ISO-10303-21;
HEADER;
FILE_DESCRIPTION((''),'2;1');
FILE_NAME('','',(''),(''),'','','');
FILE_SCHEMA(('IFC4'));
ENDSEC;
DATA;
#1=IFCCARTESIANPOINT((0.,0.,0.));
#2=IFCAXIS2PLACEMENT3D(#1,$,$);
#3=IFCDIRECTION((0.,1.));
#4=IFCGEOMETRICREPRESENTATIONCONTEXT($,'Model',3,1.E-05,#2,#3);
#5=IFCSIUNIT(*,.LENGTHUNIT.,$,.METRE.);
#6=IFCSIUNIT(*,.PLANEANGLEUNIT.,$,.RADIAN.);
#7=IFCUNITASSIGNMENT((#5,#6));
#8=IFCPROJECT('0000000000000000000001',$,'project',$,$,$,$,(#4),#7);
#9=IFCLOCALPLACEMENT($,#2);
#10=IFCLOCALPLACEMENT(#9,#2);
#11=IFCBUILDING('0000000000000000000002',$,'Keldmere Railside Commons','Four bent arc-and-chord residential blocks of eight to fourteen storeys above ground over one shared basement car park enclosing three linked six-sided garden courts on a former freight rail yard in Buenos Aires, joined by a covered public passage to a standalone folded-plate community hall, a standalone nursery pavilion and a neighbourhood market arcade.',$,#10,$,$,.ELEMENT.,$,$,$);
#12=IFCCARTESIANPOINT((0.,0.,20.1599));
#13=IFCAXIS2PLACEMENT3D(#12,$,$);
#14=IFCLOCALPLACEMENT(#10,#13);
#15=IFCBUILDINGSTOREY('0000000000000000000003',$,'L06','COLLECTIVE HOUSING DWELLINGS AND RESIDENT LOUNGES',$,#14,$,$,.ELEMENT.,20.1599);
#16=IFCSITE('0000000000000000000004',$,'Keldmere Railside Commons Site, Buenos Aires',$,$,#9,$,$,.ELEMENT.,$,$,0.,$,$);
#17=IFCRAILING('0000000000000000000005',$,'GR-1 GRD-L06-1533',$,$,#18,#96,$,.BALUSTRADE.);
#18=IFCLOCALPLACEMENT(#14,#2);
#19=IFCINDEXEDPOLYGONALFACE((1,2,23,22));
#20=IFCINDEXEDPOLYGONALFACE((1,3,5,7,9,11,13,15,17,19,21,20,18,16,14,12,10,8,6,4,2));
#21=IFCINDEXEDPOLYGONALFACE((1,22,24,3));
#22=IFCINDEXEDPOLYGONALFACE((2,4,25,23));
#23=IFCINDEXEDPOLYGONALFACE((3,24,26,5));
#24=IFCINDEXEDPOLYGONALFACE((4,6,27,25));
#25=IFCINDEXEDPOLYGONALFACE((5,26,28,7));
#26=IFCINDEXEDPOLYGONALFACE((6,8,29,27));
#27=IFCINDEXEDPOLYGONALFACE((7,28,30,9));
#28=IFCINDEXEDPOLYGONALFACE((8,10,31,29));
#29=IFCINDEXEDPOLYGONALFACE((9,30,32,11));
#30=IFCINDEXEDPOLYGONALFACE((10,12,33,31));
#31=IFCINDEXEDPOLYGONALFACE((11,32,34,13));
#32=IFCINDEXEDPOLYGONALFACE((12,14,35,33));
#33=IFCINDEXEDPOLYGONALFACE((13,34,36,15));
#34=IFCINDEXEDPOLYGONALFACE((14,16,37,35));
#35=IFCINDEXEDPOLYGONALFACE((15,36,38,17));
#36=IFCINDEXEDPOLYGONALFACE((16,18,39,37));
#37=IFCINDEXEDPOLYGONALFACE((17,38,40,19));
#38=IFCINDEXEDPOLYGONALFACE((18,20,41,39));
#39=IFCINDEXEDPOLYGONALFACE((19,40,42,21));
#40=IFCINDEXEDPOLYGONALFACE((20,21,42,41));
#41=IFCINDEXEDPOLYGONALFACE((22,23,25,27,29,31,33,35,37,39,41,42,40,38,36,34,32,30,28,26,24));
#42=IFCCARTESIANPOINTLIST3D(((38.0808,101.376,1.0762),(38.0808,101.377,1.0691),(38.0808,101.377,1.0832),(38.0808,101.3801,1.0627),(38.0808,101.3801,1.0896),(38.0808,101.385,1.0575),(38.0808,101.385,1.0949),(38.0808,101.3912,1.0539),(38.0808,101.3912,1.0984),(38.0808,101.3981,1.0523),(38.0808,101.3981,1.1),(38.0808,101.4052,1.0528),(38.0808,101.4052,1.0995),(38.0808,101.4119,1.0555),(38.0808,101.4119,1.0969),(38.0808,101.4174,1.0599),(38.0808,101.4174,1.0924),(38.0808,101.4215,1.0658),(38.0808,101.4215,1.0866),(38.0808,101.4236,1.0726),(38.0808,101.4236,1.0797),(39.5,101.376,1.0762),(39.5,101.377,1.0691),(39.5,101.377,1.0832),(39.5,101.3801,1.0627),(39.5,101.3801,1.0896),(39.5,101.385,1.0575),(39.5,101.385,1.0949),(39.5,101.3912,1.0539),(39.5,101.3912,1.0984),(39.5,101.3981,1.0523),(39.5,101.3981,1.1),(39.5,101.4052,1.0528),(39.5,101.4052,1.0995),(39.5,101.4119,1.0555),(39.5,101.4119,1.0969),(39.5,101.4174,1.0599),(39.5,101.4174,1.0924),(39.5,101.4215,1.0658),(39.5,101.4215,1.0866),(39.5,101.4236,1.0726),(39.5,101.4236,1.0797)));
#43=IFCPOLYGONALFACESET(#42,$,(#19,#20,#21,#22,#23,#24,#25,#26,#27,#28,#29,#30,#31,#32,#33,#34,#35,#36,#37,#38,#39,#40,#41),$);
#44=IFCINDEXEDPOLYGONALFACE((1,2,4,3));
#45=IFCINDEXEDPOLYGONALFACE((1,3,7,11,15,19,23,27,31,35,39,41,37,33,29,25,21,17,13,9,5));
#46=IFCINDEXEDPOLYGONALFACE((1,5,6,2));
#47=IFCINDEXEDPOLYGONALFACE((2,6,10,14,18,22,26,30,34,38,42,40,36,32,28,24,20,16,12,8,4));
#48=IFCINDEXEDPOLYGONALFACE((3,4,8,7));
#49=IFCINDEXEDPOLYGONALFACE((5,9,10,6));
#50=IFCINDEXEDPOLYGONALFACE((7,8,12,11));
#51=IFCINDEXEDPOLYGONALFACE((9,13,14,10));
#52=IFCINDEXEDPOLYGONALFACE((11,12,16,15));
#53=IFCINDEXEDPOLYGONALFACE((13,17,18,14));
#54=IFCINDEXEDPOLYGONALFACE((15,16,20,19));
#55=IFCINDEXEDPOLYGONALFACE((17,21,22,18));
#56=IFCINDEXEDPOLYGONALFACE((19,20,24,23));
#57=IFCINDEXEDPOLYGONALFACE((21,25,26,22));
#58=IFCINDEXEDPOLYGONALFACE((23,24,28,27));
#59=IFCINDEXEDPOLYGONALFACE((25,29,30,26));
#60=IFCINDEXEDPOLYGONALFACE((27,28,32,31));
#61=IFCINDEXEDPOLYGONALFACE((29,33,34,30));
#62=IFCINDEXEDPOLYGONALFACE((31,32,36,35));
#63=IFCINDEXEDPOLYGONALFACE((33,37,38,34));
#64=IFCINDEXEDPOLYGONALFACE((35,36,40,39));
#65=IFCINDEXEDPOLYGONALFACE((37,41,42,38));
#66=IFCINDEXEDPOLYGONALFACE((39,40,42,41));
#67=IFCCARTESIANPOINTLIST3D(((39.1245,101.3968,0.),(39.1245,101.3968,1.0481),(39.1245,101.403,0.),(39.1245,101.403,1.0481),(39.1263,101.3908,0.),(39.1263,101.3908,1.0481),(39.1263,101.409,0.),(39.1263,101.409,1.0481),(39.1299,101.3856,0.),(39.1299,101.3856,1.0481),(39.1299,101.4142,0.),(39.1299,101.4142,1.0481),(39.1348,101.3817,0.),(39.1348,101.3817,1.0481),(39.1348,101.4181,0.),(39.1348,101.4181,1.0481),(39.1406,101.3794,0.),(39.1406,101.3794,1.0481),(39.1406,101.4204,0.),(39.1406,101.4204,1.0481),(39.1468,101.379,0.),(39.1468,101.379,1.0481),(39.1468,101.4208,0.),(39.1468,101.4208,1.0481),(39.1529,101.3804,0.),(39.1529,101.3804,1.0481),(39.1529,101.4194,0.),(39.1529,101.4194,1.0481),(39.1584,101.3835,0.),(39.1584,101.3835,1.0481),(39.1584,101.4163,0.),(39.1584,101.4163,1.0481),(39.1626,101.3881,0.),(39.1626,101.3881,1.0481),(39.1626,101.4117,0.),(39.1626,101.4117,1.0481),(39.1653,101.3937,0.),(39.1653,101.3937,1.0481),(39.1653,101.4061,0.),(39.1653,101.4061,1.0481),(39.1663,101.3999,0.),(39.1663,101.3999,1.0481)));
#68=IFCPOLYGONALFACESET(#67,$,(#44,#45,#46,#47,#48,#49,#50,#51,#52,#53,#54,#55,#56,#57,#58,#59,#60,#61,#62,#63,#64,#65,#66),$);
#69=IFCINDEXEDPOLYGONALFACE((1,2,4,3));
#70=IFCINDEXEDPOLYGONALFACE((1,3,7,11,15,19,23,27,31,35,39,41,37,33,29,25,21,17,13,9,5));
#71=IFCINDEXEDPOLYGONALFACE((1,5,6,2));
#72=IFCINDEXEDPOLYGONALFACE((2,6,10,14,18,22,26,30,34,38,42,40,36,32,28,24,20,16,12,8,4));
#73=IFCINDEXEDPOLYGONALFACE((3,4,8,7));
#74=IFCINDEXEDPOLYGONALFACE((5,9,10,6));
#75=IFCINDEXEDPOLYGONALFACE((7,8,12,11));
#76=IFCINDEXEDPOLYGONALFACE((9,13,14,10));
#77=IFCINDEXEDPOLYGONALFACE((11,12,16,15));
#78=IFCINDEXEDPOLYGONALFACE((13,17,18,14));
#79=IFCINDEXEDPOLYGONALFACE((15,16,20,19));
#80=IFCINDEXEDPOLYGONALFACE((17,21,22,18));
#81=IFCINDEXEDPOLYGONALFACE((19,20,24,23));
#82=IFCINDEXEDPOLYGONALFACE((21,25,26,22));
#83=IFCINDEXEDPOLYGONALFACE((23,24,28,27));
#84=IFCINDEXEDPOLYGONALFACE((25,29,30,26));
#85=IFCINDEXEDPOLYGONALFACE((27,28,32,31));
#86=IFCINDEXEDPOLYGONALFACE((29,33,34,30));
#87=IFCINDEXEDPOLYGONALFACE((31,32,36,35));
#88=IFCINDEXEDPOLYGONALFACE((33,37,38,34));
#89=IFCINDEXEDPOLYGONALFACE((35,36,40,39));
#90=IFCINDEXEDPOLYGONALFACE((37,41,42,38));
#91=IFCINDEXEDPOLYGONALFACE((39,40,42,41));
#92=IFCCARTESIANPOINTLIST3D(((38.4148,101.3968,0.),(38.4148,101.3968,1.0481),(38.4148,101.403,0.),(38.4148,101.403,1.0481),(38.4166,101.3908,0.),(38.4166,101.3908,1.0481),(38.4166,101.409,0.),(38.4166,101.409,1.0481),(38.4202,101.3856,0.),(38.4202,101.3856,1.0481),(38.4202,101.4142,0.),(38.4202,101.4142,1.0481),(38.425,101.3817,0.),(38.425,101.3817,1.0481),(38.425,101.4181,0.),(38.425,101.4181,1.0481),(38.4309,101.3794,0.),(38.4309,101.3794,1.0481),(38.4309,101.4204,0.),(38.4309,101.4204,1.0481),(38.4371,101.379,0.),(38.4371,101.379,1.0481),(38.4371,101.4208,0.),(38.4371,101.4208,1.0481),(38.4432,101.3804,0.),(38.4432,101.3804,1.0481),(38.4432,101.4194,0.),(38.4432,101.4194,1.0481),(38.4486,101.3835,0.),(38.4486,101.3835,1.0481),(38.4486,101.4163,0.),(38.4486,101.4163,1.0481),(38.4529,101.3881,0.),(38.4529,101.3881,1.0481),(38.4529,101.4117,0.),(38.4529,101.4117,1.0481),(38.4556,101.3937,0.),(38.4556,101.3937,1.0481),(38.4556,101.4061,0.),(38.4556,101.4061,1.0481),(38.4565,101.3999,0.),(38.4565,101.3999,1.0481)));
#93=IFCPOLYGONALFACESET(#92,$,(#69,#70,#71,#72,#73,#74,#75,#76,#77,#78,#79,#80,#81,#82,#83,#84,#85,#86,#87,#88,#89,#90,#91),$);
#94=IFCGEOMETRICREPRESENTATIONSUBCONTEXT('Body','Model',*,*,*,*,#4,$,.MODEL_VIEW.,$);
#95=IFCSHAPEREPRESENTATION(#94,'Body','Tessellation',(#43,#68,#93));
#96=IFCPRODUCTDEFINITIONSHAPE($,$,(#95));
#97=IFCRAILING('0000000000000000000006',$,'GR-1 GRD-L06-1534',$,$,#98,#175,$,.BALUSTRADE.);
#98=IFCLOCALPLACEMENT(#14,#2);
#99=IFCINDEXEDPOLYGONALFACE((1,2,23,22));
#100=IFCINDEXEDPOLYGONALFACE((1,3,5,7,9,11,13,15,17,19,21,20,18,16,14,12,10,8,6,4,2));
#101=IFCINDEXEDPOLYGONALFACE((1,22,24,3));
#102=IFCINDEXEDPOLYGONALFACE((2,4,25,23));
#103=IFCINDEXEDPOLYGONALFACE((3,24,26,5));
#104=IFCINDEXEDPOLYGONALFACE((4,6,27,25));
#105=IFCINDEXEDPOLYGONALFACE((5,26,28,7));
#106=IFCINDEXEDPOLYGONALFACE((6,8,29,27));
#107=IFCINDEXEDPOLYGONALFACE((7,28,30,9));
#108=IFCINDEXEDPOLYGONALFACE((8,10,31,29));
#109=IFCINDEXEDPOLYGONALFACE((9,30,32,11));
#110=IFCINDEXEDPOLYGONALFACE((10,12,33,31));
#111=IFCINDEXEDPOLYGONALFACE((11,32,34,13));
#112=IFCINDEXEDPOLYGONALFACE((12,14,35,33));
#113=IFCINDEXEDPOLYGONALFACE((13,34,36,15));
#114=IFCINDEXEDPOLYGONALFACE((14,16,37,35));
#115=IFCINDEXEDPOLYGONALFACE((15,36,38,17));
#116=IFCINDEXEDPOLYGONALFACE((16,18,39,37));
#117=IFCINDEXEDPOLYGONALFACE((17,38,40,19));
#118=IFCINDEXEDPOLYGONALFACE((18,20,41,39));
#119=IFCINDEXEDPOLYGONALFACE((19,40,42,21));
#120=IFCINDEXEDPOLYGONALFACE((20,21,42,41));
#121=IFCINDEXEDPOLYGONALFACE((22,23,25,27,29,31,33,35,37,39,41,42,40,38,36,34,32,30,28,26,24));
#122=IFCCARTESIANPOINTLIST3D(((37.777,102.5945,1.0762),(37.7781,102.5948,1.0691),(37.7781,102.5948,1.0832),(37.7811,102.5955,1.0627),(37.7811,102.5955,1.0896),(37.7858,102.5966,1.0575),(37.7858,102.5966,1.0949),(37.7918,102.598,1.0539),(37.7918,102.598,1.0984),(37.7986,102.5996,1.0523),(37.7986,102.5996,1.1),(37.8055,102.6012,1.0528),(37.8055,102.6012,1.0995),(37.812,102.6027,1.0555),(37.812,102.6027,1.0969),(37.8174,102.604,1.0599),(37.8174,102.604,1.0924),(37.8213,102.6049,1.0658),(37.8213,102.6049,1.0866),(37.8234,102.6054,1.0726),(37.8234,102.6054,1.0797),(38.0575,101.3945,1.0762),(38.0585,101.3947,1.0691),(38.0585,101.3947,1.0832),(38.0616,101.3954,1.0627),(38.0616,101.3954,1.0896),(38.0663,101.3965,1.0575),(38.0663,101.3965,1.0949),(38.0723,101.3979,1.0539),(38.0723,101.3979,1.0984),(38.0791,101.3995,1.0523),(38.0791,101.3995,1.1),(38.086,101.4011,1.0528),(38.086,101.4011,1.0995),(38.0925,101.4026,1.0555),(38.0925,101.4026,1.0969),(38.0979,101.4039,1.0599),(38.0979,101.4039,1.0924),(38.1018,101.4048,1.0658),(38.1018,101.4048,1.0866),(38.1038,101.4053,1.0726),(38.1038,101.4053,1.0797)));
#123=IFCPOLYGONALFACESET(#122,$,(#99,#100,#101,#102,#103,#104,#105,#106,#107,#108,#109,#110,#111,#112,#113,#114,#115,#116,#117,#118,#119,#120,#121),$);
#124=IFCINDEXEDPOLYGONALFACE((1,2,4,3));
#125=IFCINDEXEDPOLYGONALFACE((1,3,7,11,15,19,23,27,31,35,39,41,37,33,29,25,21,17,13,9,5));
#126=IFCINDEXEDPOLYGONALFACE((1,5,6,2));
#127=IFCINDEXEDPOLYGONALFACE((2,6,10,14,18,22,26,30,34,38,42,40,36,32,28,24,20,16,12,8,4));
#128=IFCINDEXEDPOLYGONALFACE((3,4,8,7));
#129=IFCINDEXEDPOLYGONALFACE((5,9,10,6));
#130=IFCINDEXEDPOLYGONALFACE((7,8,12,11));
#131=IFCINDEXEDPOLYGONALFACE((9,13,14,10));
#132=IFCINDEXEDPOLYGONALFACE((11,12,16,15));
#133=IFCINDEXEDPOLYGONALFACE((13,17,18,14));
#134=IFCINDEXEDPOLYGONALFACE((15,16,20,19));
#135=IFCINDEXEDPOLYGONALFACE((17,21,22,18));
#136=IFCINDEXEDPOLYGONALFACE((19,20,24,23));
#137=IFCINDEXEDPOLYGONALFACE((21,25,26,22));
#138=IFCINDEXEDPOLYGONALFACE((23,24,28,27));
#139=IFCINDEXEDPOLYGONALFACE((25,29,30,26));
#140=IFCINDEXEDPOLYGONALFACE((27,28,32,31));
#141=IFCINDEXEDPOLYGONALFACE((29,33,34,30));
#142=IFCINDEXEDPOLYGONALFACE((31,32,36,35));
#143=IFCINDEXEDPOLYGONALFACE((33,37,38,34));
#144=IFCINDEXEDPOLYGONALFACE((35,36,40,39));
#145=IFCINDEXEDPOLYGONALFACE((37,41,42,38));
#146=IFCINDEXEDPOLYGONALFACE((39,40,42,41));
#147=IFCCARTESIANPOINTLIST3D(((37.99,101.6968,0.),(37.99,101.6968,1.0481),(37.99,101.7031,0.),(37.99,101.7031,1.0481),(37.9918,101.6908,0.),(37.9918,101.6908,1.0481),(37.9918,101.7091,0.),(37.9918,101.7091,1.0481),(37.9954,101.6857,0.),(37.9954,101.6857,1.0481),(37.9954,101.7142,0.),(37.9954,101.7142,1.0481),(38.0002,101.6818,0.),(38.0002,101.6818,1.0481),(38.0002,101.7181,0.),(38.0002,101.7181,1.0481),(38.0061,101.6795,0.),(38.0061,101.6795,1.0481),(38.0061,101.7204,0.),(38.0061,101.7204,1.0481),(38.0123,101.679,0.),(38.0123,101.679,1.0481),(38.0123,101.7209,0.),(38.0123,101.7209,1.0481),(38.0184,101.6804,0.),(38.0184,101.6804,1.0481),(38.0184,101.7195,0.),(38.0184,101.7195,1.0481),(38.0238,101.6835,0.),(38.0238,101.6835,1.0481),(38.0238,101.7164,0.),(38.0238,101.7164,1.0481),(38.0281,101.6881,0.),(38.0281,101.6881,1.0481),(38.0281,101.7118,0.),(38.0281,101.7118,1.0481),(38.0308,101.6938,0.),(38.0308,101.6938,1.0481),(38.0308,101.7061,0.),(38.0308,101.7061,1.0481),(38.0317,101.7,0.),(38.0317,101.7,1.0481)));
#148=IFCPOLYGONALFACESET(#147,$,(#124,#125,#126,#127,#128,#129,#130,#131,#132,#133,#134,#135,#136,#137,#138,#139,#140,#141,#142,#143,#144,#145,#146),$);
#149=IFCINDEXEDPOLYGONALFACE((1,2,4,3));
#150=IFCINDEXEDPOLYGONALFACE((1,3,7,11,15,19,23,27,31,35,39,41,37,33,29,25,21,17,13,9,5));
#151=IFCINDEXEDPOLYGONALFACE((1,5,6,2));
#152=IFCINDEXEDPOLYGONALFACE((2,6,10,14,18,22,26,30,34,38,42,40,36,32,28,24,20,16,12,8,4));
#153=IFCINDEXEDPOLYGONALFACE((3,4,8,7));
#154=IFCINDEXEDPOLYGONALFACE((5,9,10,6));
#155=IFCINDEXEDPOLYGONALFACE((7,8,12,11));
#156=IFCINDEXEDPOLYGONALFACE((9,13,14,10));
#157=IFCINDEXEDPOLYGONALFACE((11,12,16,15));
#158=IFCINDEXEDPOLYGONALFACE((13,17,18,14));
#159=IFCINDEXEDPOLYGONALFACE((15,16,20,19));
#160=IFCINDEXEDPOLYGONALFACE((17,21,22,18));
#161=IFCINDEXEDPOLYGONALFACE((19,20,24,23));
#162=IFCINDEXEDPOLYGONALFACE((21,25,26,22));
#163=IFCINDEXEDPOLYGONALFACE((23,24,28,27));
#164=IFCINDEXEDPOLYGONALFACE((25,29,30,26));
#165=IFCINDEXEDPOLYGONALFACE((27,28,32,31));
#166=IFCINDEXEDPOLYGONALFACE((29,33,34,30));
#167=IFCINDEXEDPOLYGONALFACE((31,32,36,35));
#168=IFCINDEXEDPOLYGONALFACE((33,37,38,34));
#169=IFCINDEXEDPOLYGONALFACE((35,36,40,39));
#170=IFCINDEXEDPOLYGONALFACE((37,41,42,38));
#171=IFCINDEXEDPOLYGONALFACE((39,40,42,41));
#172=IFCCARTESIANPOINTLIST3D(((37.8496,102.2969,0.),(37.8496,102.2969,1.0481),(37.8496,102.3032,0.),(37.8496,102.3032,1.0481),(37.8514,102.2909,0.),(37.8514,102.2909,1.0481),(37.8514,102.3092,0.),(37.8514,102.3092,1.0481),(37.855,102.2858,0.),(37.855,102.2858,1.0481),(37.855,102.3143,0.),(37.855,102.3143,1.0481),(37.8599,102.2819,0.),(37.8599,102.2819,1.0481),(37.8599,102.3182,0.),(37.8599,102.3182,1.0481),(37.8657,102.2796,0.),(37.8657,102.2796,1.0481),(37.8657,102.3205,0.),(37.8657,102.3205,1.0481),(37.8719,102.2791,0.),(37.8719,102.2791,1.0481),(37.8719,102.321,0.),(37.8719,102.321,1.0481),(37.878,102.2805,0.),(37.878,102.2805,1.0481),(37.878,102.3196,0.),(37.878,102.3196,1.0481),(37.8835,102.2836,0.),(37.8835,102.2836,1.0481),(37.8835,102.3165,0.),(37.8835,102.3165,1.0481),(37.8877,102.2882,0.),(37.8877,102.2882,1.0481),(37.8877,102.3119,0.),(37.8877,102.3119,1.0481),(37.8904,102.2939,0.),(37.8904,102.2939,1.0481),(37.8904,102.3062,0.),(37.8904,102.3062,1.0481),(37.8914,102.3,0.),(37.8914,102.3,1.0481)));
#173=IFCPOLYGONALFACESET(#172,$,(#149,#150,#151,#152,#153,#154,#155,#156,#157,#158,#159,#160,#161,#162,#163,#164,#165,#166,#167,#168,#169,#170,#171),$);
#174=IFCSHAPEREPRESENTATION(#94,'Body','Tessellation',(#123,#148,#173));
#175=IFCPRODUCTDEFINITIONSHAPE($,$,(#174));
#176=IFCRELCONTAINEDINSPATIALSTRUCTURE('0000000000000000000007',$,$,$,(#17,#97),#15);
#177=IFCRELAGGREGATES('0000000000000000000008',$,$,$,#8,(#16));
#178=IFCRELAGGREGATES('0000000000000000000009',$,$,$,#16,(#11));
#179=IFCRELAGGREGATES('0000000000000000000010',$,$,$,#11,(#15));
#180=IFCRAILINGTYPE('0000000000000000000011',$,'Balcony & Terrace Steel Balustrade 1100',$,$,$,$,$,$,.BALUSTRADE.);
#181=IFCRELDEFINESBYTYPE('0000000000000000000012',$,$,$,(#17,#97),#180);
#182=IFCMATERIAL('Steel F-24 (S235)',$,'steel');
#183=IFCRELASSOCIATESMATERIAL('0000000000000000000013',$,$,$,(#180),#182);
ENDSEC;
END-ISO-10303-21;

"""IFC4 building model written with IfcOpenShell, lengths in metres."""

from ifc_helpers import new_model, si_unit, direction, frame, origin, origin_2d, place, context, subcontext, project, spatial, circle, extrude, material, type_object, element, save


model = new_model("IFC4")

# Units and contexts
model_context = context("Model", 3, precision=1e-05, world=origin(), true_north=direction((0.0, 1.0)))
body_context = subcontext(model_context, "Body", "Model", "MODEL_VIEW")
ifc_project = project(units=[si_unit("LENGTHUNIT", "METRE"), si_unit("PLANEANGLEUNIT", "RADIAN")], contexts=[model_context])

# Site, building, storey
site_placement = place(None, origin())
site = spatial("IfcSite", under=ifc_project, at=site_placement, Name="Keldmere Railside Commons Site, Buenos Aires", CompositionType="ELEMENT", RefElevation=0.0)
building_placement = place(site_placement, origin())
building = spatial("IfcBuilding", under=site, at=building_placement, Name="Keldmere Railside Commons", Description="Four bent arc-and-chord residential blocks of eight to fourteen storeys above ground over one shared basement car park enclosing three linked six-sided garden courts on a former freight rail yard in Buenos Aires, joined by a covered public passage to a standalone folded-plate community hall, a standalone nursery pavilion and a neighbourhood market arcade.", CompositionType="ELEMENT")
storey_placement = place(building_placement, frame((0.0, 0.0, 20.1599)))
storey = spatial("IfcBuildingStorey", under=building, at=storey_placement, Name="L06", Description="COLLECTIVE HOUSING DWELLINGS AND RESIDENT LOUNGES", CompositionType="ELEMENT", Elevation=20.1599)

# Shared definitions
ifc_material_1 = material(Name="Steel F-24 (S235)", Category="steel")

# Railings
railing_type = type_object("IfcRailingType", Name="Balcony & Terrace Steel Balustrade 1100", PredefinedType="BALUSTRADE", material=ifc_material_1)
railing_1_placement = place(storey_placement, frame((39.5, 101.3999, 0.0)))
element("IfcRailing", 1, at=railing_1_placement, inside=storey, type_object=railing_type, Name="GR-1 GRD-L06-1533", PredefinedType="BALUSTRADE", context=body_context, shape_type="SweptSolid", body=[
    extrude(circle(Radius=0.0239, at=origin_2d()), frame((0.0, 0.0, 1.0762), z_axis=(-1.0, 0.0, 0.0), x_axis=(0.0, -1.0, 0.0)), (0.0, 0.0, 1.0), 1.4192),
    extrude(circle(Radius=0.021, at=origin_2d()), frame((-0.3547, 0.0, 0.0)), (0.0, 0.0, 1.0), 1.0481),
    extrude(circle(Radius=0.021, at=origin_2d()), frame((-1.0645, 0.0, 0.0)), (0.0, 0.0, 1.0), 1.0481),
])
railing_2_placement = place(storey_placement, frame((38.0808, 101.3999, 0.0)))
element("IfcRailing", 2, at=railing_2_placement, inside=storey, type_object=railing_type, Name="GR-1 GRD-L06-1534", PredefinedType="BALUSTRADE", context=body_context, shape_type="SweptSolid", body=[
    extrude(circle(Radius=0.0239, at=origin_2d()), frame((0.0, 0.0, 1.0762), z_axis=(-0.227593, 0.973756, 0.0), x_axis=(-0.973756, -0.227593, 0.0)), (0.0, 0.0, 1.0), 1.2324),
    extrude(circle(Radius=0.021, at=origin_2d()), frame((-0.0701, 0.3, 0.0)), (0.0, 0.0, 1.0), 1.0481),
    extrude(circle(Radius=0.021, at=origin_2d()), frame((-0.2104, 0.9001, 0.0)), (0.0, 0.0, 1.0), 1.0481),
])

save(model, "model.ifc")
